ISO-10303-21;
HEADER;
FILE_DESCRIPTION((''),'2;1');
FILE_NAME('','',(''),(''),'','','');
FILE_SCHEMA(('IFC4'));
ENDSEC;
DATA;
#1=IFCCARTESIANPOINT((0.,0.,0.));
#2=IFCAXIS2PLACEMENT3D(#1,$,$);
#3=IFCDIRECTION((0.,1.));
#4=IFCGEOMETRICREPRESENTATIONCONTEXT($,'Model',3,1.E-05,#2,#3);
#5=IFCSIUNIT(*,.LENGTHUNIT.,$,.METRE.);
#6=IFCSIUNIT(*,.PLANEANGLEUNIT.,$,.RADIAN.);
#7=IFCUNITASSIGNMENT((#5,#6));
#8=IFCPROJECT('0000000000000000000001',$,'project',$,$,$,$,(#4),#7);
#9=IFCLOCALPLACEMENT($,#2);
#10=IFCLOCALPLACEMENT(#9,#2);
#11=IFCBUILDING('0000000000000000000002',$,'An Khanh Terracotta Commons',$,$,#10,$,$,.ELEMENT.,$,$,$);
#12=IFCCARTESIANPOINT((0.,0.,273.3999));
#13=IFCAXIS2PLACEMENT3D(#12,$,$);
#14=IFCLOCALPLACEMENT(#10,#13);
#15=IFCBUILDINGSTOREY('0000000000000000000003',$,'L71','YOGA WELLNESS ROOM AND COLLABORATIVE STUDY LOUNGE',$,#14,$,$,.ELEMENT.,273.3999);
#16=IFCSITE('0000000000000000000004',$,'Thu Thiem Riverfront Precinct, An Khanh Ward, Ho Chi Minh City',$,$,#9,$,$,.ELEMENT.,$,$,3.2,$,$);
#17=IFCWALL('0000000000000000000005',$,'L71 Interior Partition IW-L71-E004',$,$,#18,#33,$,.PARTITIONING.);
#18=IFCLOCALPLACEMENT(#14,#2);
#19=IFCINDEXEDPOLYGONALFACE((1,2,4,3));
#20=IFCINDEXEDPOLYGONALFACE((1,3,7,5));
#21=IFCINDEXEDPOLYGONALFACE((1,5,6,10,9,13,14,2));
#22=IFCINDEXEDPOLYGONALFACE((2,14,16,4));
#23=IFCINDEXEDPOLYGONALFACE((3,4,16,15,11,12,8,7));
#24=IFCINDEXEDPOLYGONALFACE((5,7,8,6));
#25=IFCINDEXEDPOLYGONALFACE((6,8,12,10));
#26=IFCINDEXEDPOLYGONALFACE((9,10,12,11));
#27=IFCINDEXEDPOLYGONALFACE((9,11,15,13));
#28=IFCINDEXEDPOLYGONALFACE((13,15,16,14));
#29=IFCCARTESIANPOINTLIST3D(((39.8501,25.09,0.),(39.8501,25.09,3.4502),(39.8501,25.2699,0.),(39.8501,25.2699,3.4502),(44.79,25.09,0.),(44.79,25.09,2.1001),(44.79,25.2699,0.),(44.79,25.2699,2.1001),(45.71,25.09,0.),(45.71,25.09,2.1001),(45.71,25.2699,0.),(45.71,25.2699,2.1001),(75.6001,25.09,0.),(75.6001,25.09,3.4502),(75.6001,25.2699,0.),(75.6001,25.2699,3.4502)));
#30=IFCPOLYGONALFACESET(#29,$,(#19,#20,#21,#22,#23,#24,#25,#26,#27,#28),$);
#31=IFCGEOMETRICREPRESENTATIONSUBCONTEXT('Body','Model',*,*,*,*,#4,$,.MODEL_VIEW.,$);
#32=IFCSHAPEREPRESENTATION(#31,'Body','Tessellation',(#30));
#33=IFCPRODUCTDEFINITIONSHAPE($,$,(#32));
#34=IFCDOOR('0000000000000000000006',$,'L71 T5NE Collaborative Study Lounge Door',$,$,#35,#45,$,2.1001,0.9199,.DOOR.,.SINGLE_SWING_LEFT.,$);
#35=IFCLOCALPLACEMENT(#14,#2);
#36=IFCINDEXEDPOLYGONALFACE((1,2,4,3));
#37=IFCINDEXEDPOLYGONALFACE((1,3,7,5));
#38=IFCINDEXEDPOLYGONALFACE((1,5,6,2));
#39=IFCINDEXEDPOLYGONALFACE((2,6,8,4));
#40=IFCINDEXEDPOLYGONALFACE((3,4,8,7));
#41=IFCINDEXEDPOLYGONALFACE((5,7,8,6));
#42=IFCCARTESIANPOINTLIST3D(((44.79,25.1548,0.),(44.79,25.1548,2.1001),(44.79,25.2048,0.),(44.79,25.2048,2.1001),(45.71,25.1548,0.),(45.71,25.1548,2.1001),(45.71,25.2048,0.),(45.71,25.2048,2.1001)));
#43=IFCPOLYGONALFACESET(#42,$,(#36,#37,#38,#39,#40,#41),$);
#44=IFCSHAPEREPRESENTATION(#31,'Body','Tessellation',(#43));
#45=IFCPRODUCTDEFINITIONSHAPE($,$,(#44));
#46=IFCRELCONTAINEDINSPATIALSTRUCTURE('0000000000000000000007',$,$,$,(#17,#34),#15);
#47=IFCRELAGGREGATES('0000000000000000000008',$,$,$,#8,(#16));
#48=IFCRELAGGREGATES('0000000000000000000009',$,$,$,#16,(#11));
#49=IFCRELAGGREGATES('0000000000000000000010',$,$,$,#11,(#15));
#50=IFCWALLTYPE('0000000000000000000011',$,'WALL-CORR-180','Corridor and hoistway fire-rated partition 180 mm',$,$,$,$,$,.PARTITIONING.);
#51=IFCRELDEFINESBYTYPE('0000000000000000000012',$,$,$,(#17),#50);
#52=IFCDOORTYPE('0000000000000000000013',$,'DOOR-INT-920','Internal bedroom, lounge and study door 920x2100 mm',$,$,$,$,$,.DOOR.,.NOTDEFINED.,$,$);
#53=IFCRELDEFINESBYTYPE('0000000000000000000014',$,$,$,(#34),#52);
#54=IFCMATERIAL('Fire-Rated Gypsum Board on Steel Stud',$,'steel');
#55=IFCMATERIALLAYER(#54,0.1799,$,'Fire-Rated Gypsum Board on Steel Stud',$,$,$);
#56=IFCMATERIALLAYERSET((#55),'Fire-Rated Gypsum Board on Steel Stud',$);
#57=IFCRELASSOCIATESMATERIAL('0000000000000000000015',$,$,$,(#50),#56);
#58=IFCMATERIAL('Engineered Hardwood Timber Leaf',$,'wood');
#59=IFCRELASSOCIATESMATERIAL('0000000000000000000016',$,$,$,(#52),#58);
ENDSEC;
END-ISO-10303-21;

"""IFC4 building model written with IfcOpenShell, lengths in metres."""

from ifc_helpers import new_model, si_unit, direction, frame, frame_2d, origin, place, context, subcontext, project, spatial, rectangle, extrude, material, layer, layer_set, type_object, element, fill, save


model = new_model("IFC4")

# Units and contexts
model_context = context("Model", 3, precision=1e-05, world=origin(), true_north=direction((0.0, 1.0)))
body_context = subcontext(model_context, "Body", "Model", "MODEL_VIEW")
ifc_project = project(units=[si_unit("LENGTHUNIT", "METRE"), si_unit("PLANEANGLEUNIT", "RADIAN")], contexts=[model_context])

# Site, building, storey
site_placement = place(None, origin())
site = spatial("IfcSite", under=ifc_project, at=site_placement, Name="Thu Thiem Riverfront Precinct, An Khanh Ward, Ho Chi Minh City", CompositionType="ELEMENT", RefElevation=3.2)
building_placement = place(site_placement, origin())
building = spatial("IfcBuilding", under=site, at=building_placement, Name="An Khanh Terracotta Commons", CompositionType="ELEMENT")
storey_placement = place(building_placement, frame((0.0, 0.0, 273.3999)))
storey = spatial("IfcBuildingStorey", under=building, at=storey_placement, Name="L71", Description="YOGA WELLNESS ROOM AND COLLABORATIVE STUDY LOUNGE", CompositionType="ELEMENT", Elevation=273.3999)

# Shared definitions
ifc_material_1 = material(Name="Fire-Rated Gypsum Board on Steel Stud", Category="steel")
ifc_layer = layer(ifc_material_1, 0.1799, Name="Fire-Rated Gypsum Board on Steel Stud")
ifc_layer_set = layer_set([ifc_layer], Name="Fire-Rated Gypsum Board on Steel Stud")
wall_type = type_object("IfcWallType", Name="WALL-CORR-180", Description="Corridor and hoistway fire-rated partition 180 mm", PredefinedType="PARTITIONING", material=ifc_layer_set)

# Wall, opening, door
ifc_material_2 = material(Name="Engineered Hardwood Timber Leaf", Category="wood")
door_type_1 = type_object("IfcDoorType", Name="DOOR-INT-920", Description="Internal bedroom, lounge and study door 920x2100 mm", OperationType="NOTDEFINED", PredefinedType="DOOR", material=ifc_material_2)
wall_1_placement = place(storey_placement, frame((39.8501, 25.1799, 0.0), z_axis=(0.0, 0.0, 1.0), x_axis=(1.0, 0.0, 0.0)))
wall_1 = element("IfcWall", 1, at=wall_1_placement, inside=storey, type_object=wall_type, Name="L71 Interior Partition IW-L71-E004", PredefinedType="PARTITIONING", context=body_context, shape_type="SweptSolid", body=[
    extrude(rectangle(XDim=35.75, YDim=0.1799, at=frame_2d((17.875, 0.0))), origin(), (0.0, 0.0, 1.0), 3.4502),
])
opening_1_placement = place(wall_1_placement, frame((4.9399, 0.0, 0.0)))
opening_1 = element("IfcOpeningElement", 2, at=opening_1_placement, cuts=wall_1, PredefinedType="OPENING", context=body_context, shape_type="SweptSolid", body=[
    extrude(rectangle(XDim=0.9199, YDim=2.1001, at=frame_2d((0.46, 1.05))), frame((0.0, 0.0999, 0.0), z_axis=(0.0, -1.0, 0.0), x_axis=(1.0, 0.0, 0.0)), (0.0, 0.0, 1.0), 0.2),
])
door_1_placement = place(opening_1_placement, origin())
door_1 = element("IfcDoor", 3, at=door_1_placement, inside=storey, type_object=door_type_1, Name="L71 T5NE Collaborative Study Lounge Door", OperationType="SINGLE_SWING_LEFT", OverallHeight=2.1001, OverallWidth=0.9199, PredefinedType="DOOR", context=body_context, shape_type="SweptSolid", body=[
    extrude(rectangle(XDim=0.9199, YDim=2.1001, at=frame_2d((0.46, 1.05))), frame((0.0, 0.0249, 0.0), z_axis=(0.0, -1.0, 0.0), x_axis=(1.0, 0.0, 0.0)), (0.0, 0.0, 1.0), 0.05),
])
fill(opening_1, door_1)

save(model, "model.ifc")
